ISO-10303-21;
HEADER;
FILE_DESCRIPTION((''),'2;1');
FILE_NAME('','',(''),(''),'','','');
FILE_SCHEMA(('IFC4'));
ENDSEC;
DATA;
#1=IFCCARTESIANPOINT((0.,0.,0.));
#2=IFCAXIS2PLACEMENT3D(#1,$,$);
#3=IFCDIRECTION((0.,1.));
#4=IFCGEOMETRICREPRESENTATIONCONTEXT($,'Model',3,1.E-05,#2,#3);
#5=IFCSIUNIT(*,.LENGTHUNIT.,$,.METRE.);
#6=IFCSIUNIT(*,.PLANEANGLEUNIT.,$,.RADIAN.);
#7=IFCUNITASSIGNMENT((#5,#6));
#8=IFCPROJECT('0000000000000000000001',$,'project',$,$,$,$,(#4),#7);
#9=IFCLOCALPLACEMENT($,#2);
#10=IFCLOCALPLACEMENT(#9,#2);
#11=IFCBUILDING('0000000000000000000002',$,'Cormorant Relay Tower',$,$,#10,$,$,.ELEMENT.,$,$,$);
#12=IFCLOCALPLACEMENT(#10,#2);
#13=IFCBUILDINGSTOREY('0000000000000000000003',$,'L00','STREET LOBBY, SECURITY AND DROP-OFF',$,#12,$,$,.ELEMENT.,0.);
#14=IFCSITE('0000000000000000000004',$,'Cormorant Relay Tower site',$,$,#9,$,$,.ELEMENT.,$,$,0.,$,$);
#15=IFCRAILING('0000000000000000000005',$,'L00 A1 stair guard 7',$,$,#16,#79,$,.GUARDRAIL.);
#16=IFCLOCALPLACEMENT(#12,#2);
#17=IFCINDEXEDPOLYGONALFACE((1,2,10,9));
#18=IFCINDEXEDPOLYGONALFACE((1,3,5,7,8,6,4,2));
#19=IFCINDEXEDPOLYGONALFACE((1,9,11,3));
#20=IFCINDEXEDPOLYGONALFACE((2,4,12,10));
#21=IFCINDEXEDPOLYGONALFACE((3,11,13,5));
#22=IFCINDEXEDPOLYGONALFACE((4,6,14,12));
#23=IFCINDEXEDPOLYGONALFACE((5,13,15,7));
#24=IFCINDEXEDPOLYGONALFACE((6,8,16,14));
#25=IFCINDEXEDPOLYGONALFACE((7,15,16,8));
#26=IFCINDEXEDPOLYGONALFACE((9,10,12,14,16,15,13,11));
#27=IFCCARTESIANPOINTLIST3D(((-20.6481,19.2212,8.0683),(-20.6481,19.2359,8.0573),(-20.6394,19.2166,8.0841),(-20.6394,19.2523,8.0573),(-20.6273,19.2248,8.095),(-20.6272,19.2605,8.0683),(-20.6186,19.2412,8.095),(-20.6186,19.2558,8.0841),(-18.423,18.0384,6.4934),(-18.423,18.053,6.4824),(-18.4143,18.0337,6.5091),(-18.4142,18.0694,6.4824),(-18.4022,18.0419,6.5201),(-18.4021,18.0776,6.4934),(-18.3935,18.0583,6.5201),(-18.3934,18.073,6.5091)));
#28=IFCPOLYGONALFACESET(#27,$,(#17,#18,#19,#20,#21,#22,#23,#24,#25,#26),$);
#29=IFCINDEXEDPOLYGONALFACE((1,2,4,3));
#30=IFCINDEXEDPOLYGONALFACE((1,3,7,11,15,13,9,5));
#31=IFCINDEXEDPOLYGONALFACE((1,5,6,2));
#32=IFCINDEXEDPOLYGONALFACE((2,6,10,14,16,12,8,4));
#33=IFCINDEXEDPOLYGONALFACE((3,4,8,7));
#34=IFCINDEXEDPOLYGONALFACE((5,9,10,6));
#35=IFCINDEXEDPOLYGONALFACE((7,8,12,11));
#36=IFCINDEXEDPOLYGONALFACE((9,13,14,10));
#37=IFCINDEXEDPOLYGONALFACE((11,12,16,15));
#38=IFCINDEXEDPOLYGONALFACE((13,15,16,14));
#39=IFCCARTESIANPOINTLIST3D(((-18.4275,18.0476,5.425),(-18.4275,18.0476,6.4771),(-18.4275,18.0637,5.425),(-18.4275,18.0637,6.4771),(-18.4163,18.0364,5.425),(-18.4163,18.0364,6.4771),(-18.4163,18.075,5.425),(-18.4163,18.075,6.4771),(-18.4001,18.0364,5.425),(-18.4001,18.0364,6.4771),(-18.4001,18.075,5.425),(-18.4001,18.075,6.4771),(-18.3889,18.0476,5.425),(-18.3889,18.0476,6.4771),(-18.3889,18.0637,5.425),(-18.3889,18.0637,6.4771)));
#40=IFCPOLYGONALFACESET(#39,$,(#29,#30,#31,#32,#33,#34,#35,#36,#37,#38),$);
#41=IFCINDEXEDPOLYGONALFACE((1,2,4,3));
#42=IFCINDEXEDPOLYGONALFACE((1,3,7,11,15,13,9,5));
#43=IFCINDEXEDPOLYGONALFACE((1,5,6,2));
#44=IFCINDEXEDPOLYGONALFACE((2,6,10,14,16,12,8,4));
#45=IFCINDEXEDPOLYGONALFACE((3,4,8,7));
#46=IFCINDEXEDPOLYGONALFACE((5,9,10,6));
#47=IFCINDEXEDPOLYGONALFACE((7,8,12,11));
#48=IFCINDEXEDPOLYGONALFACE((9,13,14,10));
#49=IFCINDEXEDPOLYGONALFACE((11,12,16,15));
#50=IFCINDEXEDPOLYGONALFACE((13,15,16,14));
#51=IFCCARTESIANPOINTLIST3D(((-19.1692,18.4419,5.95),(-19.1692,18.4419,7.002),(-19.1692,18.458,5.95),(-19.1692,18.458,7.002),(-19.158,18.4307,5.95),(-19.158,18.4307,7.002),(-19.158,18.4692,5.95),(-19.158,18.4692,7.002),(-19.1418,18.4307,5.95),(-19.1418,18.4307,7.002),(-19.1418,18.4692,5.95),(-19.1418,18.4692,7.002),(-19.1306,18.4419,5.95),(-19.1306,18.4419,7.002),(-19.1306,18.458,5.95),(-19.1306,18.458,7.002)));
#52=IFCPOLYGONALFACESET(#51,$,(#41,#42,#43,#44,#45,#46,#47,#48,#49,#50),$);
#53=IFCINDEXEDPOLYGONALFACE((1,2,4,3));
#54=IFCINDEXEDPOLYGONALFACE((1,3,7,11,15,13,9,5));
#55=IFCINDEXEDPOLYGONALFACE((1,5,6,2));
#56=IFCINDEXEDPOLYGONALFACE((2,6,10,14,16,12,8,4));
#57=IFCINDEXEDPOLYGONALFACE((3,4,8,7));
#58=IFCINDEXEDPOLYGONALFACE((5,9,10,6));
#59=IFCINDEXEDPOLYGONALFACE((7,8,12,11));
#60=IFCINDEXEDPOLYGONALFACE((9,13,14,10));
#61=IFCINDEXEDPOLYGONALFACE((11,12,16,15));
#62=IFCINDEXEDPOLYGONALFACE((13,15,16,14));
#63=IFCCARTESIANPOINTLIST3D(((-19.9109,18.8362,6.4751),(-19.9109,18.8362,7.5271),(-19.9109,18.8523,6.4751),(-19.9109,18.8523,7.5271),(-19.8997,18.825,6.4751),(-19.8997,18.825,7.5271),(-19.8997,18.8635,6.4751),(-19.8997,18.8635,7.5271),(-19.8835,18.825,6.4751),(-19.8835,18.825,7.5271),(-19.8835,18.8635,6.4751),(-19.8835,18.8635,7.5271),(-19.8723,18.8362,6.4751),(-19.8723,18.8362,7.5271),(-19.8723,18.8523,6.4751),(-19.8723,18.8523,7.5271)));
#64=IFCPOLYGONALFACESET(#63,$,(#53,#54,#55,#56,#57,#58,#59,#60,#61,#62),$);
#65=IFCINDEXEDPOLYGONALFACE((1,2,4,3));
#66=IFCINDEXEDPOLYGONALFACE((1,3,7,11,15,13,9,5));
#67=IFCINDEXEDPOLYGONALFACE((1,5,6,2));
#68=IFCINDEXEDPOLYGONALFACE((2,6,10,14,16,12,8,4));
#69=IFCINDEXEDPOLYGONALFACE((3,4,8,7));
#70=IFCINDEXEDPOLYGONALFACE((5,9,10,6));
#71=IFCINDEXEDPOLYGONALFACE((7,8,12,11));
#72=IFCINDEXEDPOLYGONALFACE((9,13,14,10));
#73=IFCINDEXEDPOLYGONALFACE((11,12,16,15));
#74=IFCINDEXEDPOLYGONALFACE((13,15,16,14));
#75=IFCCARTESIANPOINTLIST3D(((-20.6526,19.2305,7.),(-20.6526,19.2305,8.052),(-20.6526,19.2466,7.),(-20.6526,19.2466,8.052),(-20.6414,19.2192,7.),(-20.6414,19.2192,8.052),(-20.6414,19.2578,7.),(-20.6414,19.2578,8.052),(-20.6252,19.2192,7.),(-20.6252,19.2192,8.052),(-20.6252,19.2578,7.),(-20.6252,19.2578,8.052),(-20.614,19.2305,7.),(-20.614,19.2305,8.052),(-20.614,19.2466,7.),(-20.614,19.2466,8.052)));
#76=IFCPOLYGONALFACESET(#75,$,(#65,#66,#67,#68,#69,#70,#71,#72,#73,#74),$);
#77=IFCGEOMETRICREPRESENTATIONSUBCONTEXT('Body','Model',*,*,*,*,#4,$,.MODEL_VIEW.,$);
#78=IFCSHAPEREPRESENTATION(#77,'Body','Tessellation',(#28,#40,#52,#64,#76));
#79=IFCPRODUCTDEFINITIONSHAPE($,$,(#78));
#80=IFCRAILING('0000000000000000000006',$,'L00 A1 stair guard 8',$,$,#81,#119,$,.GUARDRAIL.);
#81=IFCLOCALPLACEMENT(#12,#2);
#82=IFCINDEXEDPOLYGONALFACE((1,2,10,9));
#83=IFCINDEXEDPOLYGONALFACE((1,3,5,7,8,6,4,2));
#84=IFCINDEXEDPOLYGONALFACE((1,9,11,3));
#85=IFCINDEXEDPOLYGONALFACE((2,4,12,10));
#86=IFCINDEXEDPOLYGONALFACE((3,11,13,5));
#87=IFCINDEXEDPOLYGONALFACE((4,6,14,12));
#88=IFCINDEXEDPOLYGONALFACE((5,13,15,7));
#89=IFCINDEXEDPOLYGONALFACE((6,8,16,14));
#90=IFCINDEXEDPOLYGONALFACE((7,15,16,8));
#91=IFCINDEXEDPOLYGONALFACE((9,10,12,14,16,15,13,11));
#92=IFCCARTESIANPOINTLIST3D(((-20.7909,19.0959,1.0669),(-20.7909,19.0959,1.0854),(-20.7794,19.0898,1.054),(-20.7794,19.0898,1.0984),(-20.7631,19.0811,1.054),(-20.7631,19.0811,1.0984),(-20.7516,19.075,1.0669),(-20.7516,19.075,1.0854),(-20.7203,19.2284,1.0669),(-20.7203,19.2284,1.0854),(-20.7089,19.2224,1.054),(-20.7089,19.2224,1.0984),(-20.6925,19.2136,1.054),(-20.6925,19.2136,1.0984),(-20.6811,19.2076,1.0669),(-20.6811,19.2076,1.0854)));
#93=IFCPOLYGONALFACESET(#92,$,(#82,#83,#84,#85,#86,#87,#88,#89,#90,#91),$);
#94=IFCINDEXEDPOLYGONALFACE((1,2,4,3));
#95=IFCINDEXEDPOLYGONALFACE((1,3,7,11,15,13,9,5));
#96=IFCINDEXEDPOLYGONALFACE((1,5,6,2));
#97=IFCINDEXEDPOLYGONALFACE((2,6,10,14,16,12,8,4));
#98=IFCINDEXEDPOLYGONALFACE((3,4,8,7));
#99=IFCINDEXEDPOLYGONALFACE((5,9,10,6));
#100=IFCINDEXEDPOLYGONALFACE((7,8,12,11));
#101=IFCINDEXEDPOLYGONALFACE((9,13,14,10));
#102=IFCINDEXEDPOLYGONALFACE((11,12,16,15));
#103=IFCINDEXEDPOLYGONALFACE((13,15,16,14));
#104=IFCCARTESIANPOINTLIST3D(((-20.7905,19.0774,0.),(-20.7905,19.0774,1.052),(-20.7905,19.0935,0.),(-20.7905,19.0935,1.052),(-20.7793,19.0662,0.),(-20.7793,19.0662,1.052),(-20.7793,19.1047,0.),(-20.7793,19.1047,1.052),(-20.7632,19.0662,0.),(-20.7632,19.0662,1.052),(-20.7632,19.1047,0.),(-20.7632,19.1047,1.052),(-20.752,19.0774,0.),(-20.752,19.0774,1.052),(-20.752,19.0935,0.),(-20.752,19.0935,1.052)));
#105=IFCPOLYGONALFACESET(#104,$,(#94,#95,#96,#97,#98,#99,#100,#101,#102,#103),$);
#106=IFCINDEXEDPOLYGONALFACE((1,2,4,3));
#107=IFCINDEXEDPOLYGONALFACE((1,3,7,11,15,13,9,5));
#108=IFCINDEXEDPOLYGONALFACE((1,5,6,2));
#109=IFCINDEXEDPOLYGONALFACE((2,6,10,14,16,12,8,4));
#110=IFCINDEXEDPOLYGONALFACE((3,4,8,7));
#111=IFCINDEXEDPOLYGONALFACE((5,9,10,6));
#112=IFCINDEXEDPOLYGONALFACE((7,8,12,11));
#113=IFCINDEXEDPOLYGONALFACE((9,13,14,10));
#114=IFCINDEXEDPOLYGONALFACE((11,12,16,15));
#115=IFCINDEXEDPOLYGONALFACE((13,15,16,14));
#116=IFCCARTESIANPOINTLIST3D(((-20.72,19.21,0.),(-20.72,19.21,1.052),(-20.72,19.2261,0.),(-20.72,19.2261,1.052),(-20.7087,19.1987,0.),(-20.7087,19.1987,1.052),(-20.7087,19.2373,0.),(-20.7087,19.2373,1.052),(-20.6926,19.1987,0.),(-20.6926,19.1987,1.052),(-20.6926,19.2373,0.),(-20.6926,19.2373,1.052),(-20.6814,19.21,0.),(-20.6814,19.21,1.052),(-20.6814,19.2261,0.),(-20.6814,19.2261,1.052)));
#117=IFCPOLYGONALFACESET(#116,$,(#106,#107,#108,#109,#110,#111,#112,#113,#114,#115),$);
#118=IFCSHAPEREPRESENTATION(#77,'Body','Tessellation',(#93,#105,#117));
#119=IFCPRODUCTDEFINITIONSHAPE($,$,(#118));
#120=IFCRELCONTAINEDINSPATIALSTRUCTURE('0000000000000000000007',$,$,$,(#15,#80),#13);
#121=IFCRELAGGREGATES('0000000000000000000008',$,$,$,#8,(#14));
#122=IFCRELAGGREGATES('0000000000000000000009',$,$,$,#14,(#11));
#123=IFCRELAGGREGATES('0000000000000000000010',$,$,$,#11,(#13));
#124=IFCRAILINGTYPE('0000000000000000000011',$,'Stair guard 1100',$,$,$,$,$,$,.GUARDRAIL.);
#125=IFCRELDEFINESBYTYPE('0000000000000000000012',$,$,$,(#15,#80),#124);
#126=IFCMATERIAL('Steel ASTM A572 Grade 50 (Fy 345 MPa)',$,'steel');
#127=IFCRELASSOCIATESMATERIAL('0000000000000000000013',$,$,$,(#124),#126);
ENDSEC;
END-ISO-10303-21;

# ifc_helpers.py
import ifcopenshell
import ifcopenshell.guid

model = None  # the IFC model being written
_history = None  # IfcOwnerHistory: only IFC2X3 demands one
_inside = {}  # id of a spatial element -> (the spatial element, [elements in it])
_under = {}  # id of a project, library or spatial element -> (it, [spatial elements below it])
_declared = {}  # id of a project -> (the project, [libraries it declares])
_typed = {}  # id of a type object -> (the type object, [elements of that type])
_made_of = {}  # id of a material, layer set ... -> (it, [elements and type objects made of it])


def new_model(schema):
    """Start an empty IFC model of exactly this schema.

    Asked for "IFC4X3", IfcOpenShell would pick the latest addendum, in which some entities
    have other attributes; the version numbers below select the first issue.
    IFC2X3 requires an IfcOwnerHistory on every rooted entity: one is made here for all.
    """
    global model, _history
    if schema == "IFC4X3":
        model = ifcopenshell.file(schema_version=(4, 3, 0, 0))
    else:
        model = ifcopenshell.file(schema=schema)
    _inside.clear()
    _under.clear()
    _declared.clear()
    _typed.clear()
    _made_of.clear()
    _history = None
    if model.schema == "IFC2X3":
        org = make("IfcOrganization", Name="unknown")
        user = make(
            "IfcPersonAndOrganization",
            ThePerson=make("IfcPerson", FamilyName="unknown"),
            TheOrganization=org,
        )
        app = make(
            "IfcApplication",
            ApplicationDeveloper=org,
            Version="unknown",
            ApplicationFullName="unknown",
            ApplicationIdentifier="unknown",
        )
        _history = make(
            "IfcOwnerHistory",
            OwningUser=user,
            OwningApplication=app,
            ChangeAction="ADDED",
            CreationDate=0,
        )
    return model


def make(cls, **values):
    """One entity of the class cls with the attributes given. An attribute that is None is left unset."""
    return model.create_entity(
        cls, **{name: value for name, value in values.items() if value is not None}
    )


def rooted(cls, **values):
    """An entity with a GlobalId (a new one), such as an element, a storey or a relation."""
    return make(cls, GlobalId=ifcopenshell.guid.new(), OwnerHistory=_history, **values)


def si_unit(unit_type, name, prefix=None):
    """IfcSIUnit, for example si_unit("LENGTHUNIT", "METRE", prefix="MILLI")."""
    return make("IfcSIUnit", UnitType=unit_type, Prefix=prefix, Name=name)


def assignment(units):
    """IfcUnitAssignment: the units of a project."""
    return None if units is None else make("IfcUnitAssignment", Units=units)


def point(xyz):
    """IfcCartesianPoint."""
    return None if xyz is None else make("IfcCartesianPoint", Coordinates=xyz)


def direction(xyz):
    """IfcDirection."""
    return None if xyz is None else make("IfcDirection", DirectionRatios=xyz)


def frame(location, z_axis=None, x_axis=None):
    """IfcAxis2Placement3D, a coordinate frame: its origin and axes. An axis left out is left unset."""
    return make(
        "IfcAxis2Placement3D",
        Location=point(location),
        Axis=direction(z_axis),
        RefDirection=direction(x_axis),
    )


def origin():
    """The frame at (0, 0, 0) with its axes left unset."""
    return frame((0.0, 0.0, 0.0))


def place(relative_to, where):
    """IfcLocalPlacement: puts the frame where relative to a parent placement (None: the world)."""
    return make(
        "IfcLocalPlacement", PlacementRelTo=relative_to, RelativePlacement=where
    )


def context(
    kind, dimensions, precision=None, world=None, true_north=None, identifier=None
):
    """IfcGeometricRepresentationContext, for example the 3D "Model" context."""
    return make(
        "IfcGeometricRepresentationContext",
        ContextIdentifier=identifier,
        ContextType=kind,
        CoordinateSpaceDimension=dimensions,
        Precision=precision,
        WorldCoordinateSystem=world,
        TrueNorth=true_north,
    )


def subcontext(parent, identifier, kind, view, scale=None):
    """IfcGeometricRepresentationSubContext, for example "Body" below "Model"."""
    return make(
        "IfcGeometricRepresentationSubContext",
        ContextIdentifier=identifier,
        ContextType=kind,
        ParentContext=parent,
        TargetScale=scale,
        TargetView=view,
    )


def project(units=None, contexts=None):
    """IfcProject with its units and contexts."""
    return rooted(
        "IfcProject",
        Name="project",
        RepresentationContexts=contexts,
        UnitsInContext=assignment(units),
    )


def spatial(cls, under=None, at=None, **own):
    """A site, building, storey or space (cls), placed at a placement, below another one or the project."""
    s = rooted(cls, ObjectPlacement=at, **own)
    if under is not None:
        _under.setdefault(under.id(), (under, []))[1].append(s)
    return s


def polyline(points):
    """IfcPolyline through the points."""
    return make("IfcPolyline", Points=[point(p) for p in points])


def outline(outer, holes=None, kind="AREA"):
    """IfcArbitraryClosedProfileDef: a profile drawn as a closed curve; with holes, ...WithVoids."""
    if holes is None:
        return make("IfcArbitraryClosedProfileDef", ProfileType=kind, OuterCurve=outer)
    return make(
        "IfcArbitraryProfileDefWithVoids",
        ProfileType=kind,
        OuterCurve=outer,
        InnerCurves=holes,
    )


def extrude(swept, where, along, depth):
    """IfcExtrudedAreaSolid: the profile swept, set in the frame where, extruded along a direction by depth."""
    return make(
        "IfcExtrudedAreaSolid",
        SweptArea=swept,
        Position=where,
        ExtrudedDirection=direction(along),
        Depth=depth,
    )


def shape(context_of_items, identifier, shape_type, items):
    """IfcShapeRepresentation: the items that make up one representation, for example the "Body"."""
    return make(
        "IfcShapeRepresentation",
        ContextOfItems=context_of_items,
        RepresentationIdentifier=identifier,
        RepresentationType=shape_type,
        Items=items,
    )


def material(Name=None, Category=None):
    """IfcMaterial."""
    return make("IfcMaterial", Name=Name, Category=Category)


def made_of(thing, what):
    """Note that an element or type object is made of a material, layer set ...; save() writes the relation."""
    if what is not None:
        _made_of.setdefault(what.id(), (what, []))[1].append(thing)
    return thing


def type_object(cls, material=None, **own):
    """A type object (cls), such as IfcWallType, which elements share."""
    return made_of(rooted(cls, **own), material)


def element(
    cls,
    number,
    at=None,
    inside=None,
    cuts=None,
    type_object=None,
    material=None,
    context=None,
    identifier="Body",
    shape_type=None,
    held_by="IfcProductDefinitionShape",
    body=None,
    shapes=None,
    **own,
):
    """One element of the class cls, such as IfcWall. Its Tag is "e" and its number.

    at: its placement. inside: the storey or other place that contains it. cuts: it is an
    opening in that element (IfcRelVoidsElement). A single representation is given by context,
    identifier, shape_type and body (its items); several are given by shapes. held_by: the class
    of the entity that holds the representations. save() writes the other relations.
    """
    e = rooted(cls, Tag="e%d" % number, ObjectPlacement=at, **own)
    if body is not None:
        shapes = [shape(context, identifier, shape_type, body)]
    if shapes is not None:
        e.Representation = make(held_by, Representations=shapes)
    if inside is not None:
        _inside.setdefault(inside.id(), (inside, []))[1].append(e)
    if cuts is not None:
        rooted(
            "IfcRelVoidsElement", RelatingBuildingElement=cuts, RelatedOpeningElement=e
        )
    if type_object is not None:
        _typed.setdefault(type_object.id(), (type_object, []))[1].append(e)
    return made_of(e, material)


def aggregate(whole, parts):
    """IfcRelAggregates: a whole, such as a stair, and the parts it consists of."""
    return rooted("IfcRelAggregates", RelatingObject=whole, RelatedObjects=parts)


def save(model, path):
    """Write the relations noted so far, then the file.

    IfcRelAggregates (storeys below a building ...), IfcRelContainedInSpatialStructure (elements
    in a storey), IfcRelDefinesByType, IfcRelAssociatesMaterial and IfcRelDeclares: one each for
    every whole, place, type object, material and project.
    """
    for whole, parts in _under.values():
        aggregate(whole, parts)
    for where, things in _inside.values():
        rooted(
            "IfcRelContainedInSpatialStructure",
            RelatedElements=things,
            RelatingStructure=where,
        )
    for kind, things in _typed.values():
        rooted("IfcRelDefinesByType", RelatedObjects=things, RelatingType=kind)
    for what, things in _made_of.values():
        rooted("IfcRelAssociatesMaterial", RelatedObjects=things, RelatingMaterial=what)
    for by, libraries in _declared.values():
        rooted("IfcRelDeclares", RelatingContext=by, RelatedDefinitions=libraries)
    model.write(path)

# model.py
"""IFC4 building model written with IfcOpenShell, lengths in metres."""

from ifc_helpers import new_model, si_unit, direction, frame, origin, place, context, subcontext, project, spatial, polyline, outline, extrude, material, type_object, element, save


model = new_model("IFC4")

# Units and contexts
model_context = context("Model", 3, precision=1e-05, world=origin(), true_north=direction((0.0, 1.0)))
body_context = subcontext(model_context, "Body", "Model", "MODEL_VIEW")
ifc_project = project(units=[si_unit("LENGTHUNIT", "METRE"), si_unit("PLANEANGLEUNIT", "RADIAN")], contexts=[model_context])

# Site, building, storey
site_placement = place(None, origin())
site = spatial("IfcSite", under=ifc_project, at=site_placement, Name="Cormorant Relay Tower site", CompositionType="ELEMENT", RefElevation=0.0)
building_placement = place(site_placement, origin())
building = spatial("IfcBuilding", under=site, at=building_placement, Name="Cormorant Relay Tower", CompositionType="ELEMENT")
storey_placement = place(building_placement, origin())
storey = spatial("IfcBuildingStorey", under=building, at=storey_placement, Name="L00", Description="STREET LOBBY, SECURITY AND DROP-OFF", CompositionType="ELEMENT", Elevation=0.0)

# Railings
ifc_material_1 = material(Name="Steel ASTM A572 Grade 50 (Fy 345 MPa)", Category="steel")
railing_type = type_object("IfcRailingType", Name="Stair guard 1100", PredefinedType="GUARDRAIL", material=ifc_material_1)
railing_1_placement = place(storey_placement, frame((-18.4082, 18.0557, 5.425)))
element("IfcRailing", 1, at=railing_1_placement, inside=storey, type_object=railing_type, Name="L00 A1 stair guard 7", PredefinedType="GUARDRAIL", context=body_context, shape_type="SweptSolid", body=[
    extrude(outline(polyline([(0.0222, 0.0093), (0.0093, 0.0222), (-0.0093, 0.0222), (-0.0222, 0.0093), (-0.0222, -0.0093), (-0.0093, -0.0222), (0.0093, -0.0222), (0.0222, -0.0093), (0.0222, 0.0093)])), frame((0.0, 0.0, 1.0762), z_axis=(-0.748776, 0.398049, 0.529993), x_axis=(-0.469396, -0.882988, 0.0)), (0.0, 0.0, 1.0), 2.9717),
    extrude(outline(polyline([(0.0193, 0.0081), (0.0081, 0.0193), (-0.0081, 0.0193), (-0.0193, 0.0081), (-0.0193, -0.0081), (-0.0081, -0.0193), (0.0081, -0.0193), (0.0193, -0.0081), (0.0193, 0.0081)])), origin(), (0.0, 0.0, 1.0), 1.052),
    extrude(outline(polyline([(0.0193, 0.0081), (0.0081, 0.0193), (-0.0081, 0.0193), (-0.0193, 0.0081), (-0.0193, -0.0081), (-0.0081, -0.0193), (0.0081, -0.0193), (0.0193, -0.0081), (0.0193, 0.0081)])), frame((-0.7417, 0.3943, 0.5249)), (0.0, 0.0, 1.0), 1.052),
    extrude(outline(polyline([(0.0193, 0.0081), (0.0081, 0.0193), (-0.0081, 0.0193), (-0.0193, 0.0081), (-0.0193, -0.0081), (-0.0081, -0.0193), (0.0081, -0.0193), (0.0193, -0.0081), (0.0193, 0.0081)])), frame((-1.4834, 0.7886, 1.05)), (0.0, 0.0, 1.0), 1.052),
    extrude(outline(polyline([(0.0193, 0.0081), (0.0081, 0.0193), (-0.0081, 0.0193), (-0.0193, 0.0081), (-0.0193, -0.0081), (-0.0081, -0.0193), (0.0081, -0.0193), (0.0193, -0.0081), (0.0193, 0.0081)])), frame((-2.2251, 1.1829, 1.575)), (0.0, 0.0, 1.0), 1.052),
])
railing_2_placement = place(storey_placement, frame((-20.7712, 19.0854, 0.0)))
element("IfcRailing", 2, at=railing_2_placement, inside=storey, type_object=railing_type, Name="L00 A1 stair guard 8", PredefinedType="GUARDRAIL", context=body_context, shape_type="SweptSolid", body=[
    extrude(outline(polyline([(0.0222, 0.0093), (0.0093, 0.0222), (-0.0093, 0.0222), (-0.0222, 0.0093), (-0.0222, -0.0093), (-0.0093, -0.0222), (0.0093, -0.0222), (0.0222, -0.0093), (0.0222, 0.0093)])), frame((0.0, 0.0, 1.0762), z_axis=(0.469829, 0.882758, 0.0), x_axis=(-0.882758, 0.469829, 0.0)), (0.0, 0.0, 1.0), 0.1501),
    extrude(outline(polyline([(0.0193, 0.0081), (0.0081, 0.0193), (-0.0081, 0.0193), (-0.0193, 0.0081), (-0.0193, -0.0081), (-0.0081, -0.0193), (0.0081, -0.0193), (0.0193, -0.0081), (0.0193, 0.0081)])), origin(), (0.0, 0.0, 1.0), 1.052),
    extrude(outline(polyline([(0.0193, 0.0081), (0.0081, 0.0193), (-0.0081, 0.0193), (-0.0193, 0.0081), (-0.0193, -0.0081), (-0.0081, -0.0193), (0.0081, -0.0193), (0.0193, -0.0081), (0.0193, 0.0081)])), frame((0.0706, 0.1326, 0.0)), (0.0, 0.0, 1.0), 1.052),
])

save(model, "model.ifc")
